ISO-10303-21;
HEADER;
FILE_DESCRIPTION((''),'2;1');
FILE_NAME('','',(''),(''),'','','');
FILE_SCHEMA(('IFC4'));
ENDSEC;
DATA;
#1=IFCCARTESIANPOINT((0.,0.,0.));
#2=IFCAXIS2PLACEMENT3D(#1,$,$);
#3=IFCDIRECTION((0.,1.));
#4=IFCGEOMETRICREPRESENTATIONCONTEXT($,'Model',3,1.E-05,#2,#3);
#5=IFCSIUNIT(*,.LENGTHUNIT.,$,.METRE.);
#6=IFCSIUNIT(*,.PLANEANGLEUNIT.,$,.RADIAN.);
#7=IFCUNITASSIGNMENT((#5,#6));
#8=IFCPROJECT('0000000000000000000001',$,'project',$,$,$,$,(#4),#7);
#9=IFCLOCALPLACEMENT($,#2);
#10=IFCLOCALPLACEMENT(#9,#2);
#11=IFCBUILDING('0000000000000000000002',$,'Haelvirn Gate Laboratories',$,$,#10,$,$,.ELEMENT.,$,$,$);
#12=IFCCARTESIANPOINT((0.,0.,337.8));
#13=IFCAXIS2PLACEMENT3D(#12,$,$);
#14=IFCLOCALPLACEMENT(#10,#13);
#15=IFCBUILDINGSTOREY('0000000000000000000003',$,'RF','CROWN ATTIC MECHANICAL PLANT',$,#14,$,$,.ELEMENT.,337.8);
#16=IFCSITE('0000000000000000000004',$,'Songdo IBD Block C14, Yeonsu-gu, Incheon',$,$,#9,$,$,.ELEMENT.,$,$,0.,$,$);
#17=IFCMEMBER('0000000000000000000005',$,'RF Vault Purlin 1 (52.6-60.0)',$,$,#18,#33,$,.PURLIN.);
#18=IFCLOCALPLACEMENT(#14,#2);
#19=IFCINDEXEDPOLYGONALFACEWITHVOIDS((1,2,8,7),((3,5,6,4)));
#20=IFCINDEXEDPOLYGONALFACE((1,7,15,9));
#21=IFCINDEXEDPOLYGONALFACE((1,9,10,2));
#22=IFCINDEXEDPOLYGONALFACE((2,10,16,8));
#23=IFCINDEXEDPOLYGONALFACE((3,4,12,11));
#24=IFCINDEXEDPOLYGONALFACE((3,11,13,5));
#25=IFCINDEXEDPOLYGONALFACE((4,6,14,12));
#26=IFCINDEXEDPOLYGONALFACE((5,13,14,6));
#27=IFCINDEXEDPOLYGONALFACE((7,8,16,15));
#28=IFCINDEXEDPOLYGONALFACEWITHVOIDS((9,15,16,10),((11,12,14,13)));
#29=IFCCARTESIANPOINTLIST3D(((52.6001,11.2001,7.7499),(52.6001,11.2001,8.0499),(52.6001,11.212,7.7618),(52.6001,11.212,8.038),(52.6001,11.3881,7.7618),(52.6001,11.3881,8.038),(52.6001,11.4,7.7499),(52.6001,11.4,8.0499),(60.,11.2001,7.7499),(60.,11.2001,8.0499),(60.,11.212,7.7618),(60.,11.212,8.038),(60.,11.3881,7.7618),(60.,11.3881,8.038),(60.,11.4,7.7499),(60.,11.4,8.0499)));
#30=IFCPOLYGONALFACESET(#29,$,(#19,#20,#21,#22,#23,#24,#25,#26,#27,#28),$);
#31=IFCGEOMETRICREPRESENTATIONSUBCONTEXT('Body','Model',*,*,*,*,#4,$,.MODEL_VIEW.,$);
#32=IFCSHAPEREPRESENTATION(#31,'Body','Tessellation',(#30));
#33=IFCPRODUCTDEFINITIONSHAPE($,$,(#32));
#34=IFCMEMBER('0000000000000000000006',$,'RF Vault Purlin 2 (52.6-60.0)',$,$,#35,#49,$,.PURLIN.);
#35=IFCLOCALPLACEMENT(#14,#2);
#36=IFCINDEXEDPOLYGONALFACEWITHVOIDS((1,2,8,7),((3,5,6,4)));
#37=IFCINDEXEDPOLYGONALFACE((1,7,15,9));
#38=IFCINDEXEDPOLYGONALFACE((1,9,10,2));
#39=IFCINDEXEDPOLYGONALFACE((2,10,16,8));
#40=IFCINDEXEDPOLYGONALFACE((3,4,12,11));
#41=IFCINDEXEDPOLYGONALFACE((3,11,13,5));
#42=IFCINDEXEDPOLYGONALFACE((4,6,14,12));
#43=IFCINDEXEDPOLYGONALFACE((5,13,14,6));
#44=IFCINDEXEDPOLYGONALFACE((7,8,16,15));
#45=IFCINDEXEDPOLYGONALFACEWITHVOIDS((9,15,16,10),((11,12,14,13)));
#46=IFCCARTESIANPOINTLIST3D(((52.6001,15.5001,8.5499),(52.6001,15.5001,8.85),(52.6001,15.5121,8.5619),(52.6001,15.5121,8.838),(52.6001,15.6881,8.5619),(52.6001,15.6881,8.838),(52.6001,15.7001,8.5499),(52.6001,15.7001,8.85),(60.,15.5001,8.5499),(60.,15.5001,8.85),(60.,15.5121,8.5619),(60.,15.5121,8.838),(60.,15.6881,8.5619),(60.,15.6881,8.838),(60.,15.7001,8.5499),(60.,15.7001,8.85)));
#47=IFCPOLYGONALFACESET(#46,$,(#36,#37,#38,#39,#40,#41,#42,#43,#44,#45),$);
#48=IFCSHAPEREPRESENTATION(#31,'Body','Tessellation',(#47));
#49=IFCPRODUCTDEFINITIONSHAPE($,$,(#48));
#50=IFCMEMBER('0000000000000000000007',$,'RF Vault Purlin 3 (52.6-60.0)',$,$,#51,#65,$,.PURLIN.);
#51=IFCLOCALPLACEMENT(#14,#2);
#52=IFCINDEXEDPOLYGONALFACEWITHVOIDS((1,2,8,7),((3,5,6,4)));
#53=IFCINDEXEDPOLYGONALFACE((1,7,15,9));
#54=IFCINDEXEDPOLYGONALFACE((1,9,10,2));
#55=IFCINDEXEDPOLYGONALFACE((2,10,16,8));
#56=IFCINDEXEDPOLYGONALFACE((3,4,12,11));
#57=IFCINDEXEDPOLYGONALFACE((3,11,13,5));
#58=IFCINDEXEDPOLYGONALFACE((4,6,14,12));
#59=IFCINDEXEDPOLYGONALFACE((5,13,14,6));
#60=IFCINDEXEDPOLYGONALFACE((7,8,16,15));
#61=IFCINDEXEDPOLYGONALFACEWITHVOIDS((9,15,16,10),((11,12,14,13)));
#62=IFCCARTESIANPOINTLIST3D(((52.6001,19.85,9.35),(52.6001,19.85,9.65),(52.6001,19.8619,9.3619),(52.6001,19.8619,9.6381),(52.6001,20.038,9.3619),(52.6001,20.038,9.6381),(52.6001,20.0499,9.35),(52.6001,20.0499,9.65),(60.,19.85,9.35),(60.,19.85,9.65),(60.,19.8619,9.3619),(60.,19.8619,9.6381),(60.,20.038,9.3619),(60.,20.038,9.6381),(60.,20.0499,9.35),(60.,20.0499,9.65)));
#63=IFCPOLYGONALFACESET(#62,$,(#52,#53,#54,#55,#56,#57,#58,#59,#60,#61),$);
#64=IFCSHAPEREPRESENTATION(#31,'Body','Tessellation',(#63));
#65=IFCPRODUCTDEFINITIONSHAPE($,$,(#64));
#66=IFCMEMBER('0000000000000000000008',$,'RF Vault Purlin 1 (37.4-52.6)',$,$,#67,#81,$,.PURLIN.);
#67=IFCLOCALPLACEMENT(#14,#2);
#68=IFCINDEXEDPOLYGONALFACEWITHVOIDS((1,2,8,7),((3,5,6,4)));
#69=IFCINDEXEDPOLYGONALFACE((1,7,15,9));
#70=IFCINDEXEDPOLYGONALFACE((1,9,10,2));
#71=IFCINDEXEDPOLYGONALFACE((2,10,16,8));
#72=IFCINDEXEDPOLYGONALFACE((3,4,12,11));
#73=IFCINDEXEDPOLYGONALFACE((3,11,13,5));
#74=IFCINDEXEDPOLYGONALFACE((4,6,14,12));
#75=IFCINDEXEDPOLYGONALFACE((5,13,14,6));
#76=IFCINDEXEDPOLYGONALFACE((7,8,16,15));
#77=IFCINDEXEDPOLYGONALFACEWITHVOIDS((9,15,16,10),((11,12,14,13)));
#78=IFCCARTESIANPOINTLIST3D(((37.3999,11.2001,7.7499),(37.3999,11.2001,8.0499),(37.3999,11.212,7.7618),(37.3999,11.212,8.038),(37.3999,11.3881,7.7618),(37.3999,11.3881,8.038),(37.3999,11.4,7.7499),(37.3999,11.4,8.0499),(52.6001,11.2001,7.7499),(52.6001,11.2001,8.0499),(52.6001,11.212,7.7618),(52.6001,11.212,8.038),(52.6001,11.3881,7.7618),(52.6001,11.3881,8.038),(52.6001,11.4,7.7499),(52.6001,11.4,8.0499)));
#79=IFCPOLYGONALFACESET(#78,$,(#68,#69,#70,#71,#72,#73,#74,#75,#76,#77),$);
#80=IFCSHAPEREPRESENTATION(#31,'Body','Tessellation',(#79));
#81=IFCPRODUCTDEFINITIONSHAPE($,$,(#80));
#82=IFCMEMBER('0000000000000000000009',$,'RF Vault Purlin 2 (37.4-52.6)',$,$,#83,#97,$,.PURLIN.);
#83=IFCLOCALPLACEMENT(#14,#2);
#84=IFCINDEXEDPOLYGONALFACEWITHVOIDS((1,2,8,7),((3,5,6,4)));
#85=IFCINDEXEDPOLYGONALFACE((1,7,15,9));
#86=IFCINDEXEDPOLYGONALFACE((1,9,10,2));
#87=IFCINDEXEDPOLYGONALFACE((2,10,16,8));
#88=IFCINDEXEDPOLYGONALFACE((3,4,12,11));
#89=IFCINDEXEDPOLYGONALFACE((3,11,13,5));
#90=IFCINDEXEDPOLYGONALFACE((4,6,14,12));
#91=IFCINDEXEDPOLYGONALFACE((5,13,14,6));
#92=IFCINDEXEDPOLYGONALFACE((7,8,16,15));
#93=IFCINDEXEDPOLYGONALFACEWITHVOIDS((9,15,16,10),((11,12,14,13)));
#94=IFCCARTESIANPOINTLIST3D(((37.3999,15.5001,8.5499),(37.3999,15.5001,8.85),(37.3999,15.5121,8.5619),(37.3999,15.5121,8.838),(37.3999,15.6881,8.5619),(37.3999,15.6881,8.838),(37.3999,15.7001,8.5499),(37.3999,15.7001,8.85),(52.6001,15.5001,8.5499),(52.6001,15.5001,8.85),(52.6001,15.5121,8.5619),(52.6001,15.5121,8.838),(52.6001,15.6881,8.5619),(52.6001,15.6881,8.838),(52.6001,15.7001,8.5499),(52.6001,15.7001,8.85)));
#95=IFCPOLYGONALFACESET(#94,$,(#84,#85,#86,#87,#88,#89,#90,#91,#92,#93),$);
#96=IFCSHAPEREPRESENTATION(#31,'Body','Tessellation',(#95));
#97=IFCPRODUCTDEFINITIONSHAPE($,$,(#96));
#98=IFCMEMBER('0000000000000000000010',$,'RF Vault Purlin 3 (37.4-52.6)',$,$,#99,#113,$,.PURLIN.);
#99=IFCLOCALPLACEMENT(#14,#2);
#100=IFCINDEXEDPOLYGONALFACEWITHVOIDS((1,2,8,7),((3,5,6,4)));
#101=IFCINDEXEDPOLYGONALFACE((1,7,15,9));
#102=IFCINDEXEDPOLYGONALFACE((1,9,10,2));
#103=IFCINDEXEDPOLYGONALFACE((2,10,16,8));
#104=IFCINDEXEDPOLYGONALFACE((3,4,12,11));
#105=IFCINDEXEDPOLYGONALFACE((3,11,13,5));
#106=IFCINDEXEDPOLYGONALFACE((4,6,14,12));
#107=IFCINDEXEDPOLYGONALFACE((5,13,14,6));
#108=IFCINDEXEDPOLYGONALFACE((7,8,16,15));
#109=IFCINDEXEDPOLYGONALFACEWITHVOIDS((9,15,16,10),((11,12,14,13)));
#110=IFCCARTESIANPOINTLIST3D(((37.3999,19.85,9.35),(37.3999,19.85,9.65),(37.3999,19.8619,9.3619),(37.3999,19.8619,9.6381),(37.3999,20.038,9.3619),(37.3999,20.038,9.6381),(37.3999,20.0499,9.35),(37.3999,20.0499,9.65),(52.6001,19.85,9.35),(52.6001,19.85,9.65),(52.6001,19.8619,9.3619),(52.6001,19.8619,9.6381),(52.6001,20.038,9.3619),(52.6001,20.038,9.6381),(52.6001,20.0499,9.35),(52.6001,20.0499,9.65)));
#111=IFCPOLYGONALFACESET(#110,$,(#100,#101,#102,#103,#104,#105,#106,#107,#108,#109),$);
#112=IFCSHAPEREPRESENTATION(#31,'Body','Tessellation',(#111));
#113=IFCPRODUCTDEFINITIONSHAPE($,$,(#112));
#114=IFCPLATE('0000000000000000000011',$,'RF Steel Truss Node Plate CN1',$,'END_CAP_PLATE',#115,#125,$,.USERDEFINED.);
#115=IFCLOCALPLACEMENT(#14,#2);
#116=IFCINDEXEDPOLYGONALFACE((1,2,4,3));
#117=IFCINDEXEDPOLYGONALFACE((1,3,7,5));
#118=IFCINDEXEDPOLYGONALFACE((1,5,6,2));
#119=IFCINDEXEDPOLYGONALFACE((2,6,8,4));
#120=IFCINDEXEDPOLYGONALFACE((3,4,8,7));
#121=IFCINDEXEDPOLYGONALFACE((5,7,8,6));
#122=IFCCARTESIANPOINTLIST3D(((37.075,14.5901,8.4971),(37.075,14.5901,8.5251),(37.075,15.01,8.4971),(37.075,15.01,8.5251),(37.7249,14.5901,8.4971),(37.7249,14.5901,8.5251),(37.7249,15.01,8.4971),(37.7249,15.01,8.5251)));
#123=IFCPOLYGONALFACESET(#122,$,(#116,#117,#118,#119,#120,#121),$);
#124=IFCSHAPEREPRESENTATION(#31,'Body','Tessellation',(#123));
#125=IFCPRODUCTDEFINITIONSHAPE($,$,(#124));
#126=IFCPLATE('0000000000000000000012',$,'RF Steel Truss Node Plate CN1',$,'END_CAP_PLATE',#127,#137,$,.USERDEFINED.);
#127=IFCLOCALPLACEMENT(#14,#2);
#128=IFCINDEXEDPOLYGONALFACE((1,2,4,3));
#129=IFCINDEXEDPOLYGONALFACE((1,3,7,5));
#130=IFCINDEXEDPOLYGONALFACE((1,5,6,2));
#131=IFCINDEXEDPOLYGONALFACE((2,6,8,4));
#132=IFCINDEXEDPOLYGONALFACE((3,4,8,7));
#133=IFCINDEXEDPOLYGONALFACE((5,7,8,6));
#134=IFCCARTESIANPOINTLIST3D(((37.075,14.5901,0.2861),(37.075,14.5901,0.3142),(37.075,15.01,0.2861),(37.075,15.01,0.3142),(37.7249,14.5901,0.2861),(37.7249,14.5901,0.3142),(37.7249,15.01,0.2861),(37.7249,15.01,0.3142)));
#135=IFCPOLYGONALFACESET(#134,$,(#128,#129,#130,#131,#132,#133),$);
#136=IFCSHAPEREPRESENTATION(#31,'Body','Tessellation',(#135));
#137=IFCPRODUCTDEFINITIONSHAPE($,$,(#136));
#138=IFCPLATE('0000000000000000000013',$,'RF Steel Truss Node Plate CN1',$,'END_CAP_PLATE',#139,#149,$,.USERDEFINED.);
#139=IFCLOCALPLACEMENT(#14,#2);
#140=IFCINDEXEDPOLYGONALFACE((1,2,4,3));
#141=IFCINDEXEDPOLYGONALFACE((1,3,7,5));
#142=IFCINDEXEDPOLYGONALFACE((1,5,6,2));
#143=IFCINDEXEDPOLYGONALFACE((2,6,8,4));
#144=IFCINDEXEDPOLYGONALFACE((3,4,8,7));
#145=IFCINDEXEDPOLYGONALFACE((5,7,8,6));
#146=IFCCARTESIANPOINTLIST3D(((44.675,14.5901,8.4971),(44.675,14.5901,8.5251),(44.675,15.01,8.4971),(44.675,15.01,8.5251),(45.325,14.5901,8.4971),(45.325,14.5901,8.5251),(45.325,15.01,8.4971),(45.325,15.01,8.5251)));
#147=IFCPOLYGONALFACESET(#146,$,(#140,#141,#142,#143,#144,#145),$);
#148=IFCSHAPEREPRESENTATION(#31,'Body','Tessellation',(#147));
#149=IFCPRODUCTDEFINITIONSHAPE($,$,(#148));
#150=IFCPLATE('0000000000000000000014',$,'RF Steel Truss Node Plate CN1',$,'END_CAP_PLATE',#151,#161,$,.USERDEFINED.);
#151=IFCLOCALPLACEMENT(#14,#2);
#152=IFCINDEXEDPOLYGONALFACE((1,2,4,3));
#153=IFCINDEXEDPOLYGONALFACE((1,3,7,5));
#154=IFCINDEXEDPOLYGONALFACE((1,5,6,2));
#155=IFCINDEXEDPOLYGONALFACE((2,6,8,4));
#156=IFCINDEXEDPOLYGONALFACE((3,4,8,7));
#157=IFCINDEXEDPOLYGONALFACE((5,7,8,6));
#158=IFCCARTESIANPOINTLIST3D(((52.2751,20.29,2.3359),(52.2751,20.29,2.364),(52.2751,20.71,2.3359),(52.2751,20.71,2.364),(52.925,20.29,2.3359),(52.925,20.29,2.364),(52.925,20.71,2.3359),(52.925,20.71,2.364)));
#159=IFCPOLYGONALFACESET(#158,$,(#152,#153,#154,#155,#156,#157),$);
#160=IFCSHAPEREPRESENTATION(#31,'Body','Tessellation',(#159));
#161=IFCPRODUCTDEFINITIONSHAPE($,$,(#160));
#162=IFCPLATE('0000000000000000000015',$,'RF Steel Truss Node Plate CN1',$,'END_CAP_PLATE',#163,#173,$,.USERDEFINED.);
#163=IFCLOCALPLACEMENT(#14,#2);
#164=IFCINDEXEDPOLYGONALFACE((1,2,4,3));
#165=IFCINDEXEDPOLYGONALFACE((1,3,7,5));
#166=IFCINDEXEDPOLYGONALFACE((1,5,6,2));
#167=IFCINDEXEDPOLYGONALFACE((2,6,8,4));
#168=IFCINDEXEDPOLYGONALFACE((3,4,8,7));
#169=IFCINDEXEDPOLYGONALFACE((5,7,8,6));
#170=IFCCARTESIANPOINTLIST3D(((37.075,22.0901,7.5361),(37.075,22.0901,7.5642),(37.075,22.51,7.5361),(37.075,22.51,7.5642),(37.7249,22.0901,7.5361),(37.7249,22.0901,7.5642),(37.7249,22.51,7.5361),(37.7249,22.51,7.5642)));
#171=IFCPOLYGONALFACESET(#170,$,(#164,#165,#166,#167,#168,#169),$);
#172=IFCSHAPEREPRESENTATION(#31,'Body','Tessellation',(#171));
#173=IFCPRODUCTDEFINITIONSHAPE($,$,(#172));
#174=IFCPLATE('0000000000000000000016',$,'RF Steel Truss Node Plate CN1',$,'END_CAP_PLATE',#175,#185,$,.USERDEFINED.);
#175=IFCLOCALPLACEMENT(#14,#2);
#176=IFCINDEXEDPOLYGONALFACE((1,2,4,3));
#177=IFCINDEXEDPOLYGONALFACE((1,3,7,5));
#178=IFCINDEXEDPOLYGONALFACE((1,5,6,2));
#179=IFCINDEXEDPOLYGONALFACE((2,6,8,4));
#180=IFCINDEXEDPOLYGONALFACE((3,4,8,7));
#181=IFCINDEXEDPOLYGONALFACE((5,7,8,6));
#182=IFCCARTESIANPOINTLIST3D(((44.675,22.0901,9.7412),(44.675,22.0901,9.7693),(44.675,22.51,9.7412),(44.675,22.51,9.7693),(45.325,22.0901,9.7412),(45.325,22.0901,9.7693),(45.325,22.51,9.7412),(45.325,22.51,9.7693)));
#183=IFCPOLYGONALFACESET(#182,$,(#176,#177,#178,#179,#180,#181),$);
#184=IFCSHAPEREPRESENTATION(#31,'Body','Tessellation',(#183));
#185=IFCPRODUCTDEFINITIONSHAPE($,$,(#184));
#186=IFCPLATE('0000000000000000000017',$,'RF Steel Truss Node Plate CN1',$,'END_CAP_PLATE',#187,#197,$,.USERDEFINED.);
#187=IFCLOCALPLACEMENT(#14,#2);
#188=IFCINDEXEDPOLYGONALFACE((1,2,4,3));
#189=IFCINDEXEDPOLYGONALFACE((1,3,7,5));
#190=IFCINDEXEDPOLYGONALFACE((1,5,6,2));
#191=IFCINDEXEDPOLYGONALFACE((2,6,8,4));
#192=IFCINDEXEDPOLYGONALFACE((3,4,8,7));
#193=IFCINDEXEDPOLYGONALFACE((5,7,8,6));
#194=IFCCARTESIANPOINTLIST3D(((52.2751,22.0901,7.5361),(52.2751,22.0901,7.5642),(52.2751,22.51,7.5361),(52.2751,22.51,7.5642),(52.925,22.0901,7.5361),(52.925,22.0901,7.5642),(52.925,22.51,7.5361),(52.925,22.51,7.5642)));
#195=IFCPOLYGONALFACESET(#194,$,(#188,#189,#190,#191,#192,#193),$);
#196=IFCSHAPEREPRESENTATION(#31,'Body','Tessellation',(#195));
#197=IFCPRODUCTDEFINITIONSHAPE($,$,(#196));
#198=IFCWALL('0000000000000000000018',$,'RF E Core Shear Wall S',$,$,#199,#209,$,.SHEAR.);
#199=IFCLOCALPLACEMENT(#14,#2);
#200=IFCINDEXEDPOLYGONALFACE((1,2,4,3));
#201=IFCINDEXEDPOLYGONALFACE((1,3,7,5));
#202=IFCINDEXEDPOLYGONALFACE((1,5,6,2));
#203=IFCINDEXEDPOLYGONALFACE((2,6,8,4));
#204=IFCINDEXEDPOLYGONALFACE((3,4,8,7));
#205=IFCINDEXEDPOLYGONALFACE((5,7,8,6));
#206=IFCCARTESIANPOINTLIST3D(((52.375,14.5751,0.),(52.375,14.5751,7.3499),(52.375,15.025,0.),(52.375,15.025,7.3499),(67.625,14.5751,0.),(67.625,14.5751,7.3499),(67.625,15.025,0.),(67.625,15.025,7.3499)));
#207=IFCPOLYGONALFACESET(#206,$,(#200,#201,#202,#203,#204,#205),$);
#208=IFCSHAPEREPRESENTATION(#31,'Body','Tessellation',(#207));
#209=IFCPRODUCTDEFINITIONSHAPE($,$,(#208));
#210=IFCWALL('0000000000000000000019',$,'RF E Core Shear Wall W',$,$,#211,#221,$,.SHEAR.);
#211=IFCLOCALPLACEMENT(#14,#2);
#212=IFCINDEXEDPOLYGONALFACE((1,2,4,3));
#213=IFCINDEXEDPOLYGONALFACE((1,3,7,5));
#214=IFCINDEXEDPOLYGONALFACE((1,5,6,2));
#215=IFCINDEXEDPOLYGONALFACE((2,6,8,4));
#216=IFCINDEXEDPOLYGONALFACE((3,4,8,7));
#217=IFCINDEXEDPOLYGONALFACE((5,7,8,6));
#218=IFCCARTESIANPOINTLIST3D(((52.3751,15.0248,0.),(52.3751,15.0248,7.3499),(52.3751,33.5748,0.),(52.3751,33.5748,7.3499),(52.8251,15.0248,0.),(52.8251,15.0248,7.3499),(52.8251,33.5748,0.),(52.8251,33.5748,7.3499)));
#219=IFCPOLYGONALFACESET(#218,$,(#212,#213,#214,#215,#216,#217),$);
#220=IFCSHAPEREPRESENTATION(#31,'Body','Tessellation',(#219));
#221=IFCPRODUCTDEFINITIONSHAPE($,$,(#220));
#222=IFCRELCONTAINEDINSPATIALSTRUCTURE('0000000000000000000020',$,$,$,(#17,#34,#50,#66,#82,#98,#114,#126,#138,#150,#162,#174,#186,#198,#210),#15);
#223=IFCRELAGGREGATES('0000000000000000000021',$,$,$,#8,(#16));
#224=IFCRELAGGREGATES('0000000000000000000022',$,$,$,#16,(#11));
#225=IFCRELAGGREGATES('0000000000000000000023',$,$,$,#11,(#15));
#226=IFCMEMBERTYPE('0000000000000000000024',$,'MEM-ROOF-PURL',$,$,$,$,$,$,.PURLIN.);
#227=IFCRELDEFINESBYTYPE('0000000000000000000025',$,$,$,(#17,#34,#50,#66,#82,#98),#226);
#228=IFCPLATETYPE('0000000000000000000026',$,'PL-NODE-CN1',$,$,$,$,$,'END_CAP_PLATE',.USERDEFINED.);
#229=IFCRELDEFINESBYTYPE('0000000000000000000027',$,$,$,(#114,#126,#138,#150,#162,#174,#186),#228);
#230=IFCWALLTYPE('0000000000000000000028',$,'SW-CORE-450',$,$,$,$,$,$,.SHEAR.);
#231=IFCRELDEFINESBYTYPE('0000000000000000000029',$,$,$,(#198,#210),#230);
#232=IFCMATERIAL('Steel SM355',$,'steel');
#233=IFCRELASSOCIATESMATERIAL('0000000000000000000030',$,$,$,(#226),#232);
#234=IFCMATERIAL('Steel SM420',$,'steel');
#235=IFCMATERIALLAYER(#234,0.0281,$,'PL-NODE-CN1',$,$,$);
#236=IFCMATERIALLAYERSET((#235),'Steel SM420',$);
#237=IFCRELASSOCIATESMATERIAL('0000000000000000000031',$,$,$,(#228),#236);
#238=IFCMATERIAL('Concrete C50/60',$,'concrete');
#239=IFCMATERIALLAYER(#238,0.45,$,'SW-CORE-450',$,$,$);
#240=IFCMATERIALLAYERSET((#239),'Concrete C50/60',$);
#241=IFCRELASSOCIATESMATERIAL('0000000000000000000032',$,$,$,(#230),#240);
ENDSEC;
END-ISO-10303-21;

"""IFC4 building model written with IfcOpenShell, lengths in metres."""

from ifc_helpers import new_model, si_unit, direction, frame, frame_2d, origin, origin_2d, place, context, subcontext, project, spatial, rectangle, hollow_rectangle, extrude, source, transform, mapped, material, layer, layer_set, material_profile, profile_set, type_object, type_shapes, element, save


model = new_model("IFC4")

# Units and contexts
model_context = context("Model", 3, precision=1e-05, world=origin(), true_north=direction((0.0, 1.0)))
body_context = subcontext(model_context, "Body", "Model", "MODEL_VIEW")
ifc_project = project(units=[si_unit("LENGTHUNIT", "METRE"), si_unit("PLANEANGLEUNIT", "RADIAN")], contexts=[model_context])

# Site, building, storey
site_placement = place(None, origin())
site = spatial("IfcSite", under=ifc_project, at=site_placement, Name="Songdo IBD Block C14, Yeonsu-gu, Incheon", CompositionType="ELEMENT", RefElevation=0.0)
building_placement = place(site_placement, origin())
building = spatial("IfcBuilding", under=site, at=building_placement, Name="Haelvirn Gate Laboratories", CompositionType="ELEMENT")
storey_placement = place(building_placement, frame((0.0, 0.0, 337.8)))
storey = spatial("IfcBuildingStorey", under=building, at=storey_placement, Name="RF", Description="CROWN ATTIC MECHANICAL PLANT", CompositionType="ELEMENT", Elevation=337.8)

# Shared definitions
ifc_material_1 = material(Name="Steel SM355", Category="steel")

# Members
ifc_material_2 = material(Name="Steel SM420", Category="steel")
ifc_material_profile_1 = material_profile(ifc_material_1, hollow_rectangle(XDim=0.2, YDim=0.3, WallThickness=0.012, at=origin_2d()), Name="RHS-300x200x12")
ifc_profile_set_1 = profile_set([ifc_material_profile_1], Name="Steel SM355")
member_type_1 = type_object("IfcMemberType", Name="MEM-ROOF-PURL", PredefinedType="PURLIN", material=ifc_profile_set_1)
shared_shape_1 = source(origin(), body_context, "Body", "SweptSolid", [
    extrude(hollow_rectangle(XDim=0.2, YDim=0.3, WallThickness=0.012, at=origin_2d()), origin(), (0.0, 0.0, 1.0), 7.3999),
])
for number, where, z_axis, x_axis, name in (
    (1, (52.6001, 11.3, 7.8999), (1.0, 0.0, 0.0), (0.0, 1.0, 0.0), "RF Vault Purlin 1 (52.6-60.0)"),
    (2, (52.6001, 15.6001, 8.7), (1.0, 0.0, 0.0), (0.0, 1.0, 0.0), "RF Vault Purlin 2 (52.6-60.0)"),
    (3, (52.6001, 19.95, 9.5), (1.0, 0.0, 0.0), (0.0, 1.0, 0.0), "RF Vault Purlin 3 (52.6-60.0)"),
):
    element("IfcMember", number, at=place(storey_placement, frame(where, z_axis=z_axis, x_axis=x_axis)), inside=storey, type_object=member_type_1, Name=name, PredefinedType="PURLIN", context=body_context, shape_type="MappedRepresentation", body=[
        mapped(shared_shape_1, transform((0.0, 0.0, 0.0), scale=1.0)),
    ])
shared_shape_2 = source(origin(), body_context, "Body", "SweptSolid", [
    extrude(hollow_rectangle(XDim=0.2, YDim=0.3, WallThickness=0.012, at=origin_2d()), origin(), (0.0, 0.0, 1.0), 15.2002),
])
type_shapes(member_type_1, [shared_shape_1, shared_shape_2])
for number, where, z_axis, x_axis, name in (
    (4, (37.3999, 11.3, 7.8999), (1.0, 0.0, 0.0), (0.0, 1.0, 0.0), "RF Vault Purlin 1 (37.4-52.6)"),
    (5, (37.3999, 15.6001, 8.7), (1.0, 0.0, 0.0), (0.0, 1.0, 0.0), "RF Vault Purlin 2 (37.4-52.6)"),
    (6, (37.3999, 19.95, 9.5), (1.0, 0.0, 0.0), (0.0, 1.0, 0.0), "RF Vault Purlin 3 (37.4-52.6)"),
):
    element("IfcMember", number, at=place(storey_placement, frame(where, z_axis=z_axis, x_axis=x_axis)), inside=storey, type_object=member_type_1, Name=name, PredefinedType="PURLIN", context=body_context, shape_type="MappedRepresentation", body=[
        mapped(shared_shape_2, transform((0.0, 0.0, 0.0), scale=1.0)),
    ])

# Plates
ifc_layer_1 = layer(ifc_material_2, 0.0281, Name="PL-NODE-CN1")
ifc_layer_set_1 = layer_set([ifc_layer_1], Name="Steel SM420")
plate_type = type_object("IfcPlateType", Name="PL-NODE-CN1", ElementType="END_CAP_PLATE", PredefinedType="USERDEFINED", material=ifc_layer_set_1)
shared_shape_3 = source(origin(), body_context, "Body", "SweptSolid", [
    extrude(rectangle(XDim=0.6499, YDim=0.4199, at=origin_2d()), origin(), (0.0, 0.0, 1.0), 0.0281),
])
type_shapes(plate_type, [shared_shape_3])
for number, where, z_axis, x_axis, name in (
    (7, (37.3999, 14.8, 8.4971), (0.0, 0.0, 1.0), (1.0, 0.0, 0.0), "RF Steel Truss Node Plate CN1"),
    (8, (37.3999, 14.8, 0.2861), (0.0, 0.0, 1.0), (1.0, 0.0, 0.0), "RF Steel Truss Node Plate CN1"),
    (9, (45.0, 14.8, 8.4971), (0.0, 0.0, 1.0), (1.0, 0.0, 0.0), "RF Steel Truss Node Plate CN1"),
    (10, (52.6001, 20.5, 2.3359), (0.0, 0.0, 1.0), (1.0, 0.0, 0.0), "RF Steel Truss Node Plate CN1"),
    (11, (37.3999, 22.3, 7.5361), (0.0, 0.0, 1.0), (1.0, 0.0, 0.0), "RF Steel Truss Node Plate CN1"),
    (12, (45.0, 22.3, 9.7412), (0.0, 0.0, 1.0), (1.0, 0.0, 0.0), "RF Steel Truss Node Plate CN1"),
    (13, (52.6001, 22.3, 7.5361), (0.0, 0.0, 1.0), (1.0, 0.0, 0.0), "RF Steel Truss Node Plate CN1"),
):
    element("IfcPlate", number, at=place(storey_placement, frame(where, z_axis=z_axis, x_axis=x_axis)), inside=storey, type_object=plate_type, Name=name, ObjectType="END_CAP_PLATE", PredefinedType="USERDEFINED", context=body_context, shape_type="MappedRepresentation", body=[
        mapped(shared_shape_3, transform((0.0, 0.0, 0.0), scale=1.0)),
    ])

# Walls
ifc_material_3 = material(Name="Concrete C50/60", Category="concrete")
ifc_layer_2 = layer(ifc_material_3, 0.45, Name="SW-CORE-450")
ifc_layer_set_2 = layer_set([ifc_layer_2], Name="Concrete C50/60")
wall_type = type_object("IfcWallType", Name="SW-CORE-450", PredefinedType="SHEAR", material=ifc_layer_set_2)
wall_1_placement = place(storey_placement, frame((52.375, 14.8, 0.0), z_axis=(0.0, 0.0, 1.0), x_axis=(1.0, 0.0, 0.0)))
element("IfcWall", 14, at=wall_1_placement, inside=storey, type_object=wall_type, Name="RF E Core Shear Wall S", PredefinedType="SHEAR", context=body_context, shape_type="SweptSolid", body=[
    extrude(rectangle(XDim=15.25, YDim=0.45, at=frame_2d((7.625, 0.0))), origin(), (0.0, 0.0, 1.0), 7.3499),
])
wall_2_placement = place(storey_placement, frame((52.6001, 15.0249, 0.0), z_axis=(0.0, 0.0, 1.0), x_axis=(0.0, 1.0, 0.0)))
element("IfcWall", 15, at=wall_2_placement, inside=storey, type_object=wall_type, Name="RF E Core Shear Wall W", PredefinedType="SHEAR", context=body_context, shape_type="SweptSolid", body=[
    extrude(rectangle(XDim=18.55, YDim=0.45, at=frame_2d((9.2749, 0.0))), origin(), (0.0, 0.0, 1.0), 7.3499),
])

save(model, "model.ifc")
